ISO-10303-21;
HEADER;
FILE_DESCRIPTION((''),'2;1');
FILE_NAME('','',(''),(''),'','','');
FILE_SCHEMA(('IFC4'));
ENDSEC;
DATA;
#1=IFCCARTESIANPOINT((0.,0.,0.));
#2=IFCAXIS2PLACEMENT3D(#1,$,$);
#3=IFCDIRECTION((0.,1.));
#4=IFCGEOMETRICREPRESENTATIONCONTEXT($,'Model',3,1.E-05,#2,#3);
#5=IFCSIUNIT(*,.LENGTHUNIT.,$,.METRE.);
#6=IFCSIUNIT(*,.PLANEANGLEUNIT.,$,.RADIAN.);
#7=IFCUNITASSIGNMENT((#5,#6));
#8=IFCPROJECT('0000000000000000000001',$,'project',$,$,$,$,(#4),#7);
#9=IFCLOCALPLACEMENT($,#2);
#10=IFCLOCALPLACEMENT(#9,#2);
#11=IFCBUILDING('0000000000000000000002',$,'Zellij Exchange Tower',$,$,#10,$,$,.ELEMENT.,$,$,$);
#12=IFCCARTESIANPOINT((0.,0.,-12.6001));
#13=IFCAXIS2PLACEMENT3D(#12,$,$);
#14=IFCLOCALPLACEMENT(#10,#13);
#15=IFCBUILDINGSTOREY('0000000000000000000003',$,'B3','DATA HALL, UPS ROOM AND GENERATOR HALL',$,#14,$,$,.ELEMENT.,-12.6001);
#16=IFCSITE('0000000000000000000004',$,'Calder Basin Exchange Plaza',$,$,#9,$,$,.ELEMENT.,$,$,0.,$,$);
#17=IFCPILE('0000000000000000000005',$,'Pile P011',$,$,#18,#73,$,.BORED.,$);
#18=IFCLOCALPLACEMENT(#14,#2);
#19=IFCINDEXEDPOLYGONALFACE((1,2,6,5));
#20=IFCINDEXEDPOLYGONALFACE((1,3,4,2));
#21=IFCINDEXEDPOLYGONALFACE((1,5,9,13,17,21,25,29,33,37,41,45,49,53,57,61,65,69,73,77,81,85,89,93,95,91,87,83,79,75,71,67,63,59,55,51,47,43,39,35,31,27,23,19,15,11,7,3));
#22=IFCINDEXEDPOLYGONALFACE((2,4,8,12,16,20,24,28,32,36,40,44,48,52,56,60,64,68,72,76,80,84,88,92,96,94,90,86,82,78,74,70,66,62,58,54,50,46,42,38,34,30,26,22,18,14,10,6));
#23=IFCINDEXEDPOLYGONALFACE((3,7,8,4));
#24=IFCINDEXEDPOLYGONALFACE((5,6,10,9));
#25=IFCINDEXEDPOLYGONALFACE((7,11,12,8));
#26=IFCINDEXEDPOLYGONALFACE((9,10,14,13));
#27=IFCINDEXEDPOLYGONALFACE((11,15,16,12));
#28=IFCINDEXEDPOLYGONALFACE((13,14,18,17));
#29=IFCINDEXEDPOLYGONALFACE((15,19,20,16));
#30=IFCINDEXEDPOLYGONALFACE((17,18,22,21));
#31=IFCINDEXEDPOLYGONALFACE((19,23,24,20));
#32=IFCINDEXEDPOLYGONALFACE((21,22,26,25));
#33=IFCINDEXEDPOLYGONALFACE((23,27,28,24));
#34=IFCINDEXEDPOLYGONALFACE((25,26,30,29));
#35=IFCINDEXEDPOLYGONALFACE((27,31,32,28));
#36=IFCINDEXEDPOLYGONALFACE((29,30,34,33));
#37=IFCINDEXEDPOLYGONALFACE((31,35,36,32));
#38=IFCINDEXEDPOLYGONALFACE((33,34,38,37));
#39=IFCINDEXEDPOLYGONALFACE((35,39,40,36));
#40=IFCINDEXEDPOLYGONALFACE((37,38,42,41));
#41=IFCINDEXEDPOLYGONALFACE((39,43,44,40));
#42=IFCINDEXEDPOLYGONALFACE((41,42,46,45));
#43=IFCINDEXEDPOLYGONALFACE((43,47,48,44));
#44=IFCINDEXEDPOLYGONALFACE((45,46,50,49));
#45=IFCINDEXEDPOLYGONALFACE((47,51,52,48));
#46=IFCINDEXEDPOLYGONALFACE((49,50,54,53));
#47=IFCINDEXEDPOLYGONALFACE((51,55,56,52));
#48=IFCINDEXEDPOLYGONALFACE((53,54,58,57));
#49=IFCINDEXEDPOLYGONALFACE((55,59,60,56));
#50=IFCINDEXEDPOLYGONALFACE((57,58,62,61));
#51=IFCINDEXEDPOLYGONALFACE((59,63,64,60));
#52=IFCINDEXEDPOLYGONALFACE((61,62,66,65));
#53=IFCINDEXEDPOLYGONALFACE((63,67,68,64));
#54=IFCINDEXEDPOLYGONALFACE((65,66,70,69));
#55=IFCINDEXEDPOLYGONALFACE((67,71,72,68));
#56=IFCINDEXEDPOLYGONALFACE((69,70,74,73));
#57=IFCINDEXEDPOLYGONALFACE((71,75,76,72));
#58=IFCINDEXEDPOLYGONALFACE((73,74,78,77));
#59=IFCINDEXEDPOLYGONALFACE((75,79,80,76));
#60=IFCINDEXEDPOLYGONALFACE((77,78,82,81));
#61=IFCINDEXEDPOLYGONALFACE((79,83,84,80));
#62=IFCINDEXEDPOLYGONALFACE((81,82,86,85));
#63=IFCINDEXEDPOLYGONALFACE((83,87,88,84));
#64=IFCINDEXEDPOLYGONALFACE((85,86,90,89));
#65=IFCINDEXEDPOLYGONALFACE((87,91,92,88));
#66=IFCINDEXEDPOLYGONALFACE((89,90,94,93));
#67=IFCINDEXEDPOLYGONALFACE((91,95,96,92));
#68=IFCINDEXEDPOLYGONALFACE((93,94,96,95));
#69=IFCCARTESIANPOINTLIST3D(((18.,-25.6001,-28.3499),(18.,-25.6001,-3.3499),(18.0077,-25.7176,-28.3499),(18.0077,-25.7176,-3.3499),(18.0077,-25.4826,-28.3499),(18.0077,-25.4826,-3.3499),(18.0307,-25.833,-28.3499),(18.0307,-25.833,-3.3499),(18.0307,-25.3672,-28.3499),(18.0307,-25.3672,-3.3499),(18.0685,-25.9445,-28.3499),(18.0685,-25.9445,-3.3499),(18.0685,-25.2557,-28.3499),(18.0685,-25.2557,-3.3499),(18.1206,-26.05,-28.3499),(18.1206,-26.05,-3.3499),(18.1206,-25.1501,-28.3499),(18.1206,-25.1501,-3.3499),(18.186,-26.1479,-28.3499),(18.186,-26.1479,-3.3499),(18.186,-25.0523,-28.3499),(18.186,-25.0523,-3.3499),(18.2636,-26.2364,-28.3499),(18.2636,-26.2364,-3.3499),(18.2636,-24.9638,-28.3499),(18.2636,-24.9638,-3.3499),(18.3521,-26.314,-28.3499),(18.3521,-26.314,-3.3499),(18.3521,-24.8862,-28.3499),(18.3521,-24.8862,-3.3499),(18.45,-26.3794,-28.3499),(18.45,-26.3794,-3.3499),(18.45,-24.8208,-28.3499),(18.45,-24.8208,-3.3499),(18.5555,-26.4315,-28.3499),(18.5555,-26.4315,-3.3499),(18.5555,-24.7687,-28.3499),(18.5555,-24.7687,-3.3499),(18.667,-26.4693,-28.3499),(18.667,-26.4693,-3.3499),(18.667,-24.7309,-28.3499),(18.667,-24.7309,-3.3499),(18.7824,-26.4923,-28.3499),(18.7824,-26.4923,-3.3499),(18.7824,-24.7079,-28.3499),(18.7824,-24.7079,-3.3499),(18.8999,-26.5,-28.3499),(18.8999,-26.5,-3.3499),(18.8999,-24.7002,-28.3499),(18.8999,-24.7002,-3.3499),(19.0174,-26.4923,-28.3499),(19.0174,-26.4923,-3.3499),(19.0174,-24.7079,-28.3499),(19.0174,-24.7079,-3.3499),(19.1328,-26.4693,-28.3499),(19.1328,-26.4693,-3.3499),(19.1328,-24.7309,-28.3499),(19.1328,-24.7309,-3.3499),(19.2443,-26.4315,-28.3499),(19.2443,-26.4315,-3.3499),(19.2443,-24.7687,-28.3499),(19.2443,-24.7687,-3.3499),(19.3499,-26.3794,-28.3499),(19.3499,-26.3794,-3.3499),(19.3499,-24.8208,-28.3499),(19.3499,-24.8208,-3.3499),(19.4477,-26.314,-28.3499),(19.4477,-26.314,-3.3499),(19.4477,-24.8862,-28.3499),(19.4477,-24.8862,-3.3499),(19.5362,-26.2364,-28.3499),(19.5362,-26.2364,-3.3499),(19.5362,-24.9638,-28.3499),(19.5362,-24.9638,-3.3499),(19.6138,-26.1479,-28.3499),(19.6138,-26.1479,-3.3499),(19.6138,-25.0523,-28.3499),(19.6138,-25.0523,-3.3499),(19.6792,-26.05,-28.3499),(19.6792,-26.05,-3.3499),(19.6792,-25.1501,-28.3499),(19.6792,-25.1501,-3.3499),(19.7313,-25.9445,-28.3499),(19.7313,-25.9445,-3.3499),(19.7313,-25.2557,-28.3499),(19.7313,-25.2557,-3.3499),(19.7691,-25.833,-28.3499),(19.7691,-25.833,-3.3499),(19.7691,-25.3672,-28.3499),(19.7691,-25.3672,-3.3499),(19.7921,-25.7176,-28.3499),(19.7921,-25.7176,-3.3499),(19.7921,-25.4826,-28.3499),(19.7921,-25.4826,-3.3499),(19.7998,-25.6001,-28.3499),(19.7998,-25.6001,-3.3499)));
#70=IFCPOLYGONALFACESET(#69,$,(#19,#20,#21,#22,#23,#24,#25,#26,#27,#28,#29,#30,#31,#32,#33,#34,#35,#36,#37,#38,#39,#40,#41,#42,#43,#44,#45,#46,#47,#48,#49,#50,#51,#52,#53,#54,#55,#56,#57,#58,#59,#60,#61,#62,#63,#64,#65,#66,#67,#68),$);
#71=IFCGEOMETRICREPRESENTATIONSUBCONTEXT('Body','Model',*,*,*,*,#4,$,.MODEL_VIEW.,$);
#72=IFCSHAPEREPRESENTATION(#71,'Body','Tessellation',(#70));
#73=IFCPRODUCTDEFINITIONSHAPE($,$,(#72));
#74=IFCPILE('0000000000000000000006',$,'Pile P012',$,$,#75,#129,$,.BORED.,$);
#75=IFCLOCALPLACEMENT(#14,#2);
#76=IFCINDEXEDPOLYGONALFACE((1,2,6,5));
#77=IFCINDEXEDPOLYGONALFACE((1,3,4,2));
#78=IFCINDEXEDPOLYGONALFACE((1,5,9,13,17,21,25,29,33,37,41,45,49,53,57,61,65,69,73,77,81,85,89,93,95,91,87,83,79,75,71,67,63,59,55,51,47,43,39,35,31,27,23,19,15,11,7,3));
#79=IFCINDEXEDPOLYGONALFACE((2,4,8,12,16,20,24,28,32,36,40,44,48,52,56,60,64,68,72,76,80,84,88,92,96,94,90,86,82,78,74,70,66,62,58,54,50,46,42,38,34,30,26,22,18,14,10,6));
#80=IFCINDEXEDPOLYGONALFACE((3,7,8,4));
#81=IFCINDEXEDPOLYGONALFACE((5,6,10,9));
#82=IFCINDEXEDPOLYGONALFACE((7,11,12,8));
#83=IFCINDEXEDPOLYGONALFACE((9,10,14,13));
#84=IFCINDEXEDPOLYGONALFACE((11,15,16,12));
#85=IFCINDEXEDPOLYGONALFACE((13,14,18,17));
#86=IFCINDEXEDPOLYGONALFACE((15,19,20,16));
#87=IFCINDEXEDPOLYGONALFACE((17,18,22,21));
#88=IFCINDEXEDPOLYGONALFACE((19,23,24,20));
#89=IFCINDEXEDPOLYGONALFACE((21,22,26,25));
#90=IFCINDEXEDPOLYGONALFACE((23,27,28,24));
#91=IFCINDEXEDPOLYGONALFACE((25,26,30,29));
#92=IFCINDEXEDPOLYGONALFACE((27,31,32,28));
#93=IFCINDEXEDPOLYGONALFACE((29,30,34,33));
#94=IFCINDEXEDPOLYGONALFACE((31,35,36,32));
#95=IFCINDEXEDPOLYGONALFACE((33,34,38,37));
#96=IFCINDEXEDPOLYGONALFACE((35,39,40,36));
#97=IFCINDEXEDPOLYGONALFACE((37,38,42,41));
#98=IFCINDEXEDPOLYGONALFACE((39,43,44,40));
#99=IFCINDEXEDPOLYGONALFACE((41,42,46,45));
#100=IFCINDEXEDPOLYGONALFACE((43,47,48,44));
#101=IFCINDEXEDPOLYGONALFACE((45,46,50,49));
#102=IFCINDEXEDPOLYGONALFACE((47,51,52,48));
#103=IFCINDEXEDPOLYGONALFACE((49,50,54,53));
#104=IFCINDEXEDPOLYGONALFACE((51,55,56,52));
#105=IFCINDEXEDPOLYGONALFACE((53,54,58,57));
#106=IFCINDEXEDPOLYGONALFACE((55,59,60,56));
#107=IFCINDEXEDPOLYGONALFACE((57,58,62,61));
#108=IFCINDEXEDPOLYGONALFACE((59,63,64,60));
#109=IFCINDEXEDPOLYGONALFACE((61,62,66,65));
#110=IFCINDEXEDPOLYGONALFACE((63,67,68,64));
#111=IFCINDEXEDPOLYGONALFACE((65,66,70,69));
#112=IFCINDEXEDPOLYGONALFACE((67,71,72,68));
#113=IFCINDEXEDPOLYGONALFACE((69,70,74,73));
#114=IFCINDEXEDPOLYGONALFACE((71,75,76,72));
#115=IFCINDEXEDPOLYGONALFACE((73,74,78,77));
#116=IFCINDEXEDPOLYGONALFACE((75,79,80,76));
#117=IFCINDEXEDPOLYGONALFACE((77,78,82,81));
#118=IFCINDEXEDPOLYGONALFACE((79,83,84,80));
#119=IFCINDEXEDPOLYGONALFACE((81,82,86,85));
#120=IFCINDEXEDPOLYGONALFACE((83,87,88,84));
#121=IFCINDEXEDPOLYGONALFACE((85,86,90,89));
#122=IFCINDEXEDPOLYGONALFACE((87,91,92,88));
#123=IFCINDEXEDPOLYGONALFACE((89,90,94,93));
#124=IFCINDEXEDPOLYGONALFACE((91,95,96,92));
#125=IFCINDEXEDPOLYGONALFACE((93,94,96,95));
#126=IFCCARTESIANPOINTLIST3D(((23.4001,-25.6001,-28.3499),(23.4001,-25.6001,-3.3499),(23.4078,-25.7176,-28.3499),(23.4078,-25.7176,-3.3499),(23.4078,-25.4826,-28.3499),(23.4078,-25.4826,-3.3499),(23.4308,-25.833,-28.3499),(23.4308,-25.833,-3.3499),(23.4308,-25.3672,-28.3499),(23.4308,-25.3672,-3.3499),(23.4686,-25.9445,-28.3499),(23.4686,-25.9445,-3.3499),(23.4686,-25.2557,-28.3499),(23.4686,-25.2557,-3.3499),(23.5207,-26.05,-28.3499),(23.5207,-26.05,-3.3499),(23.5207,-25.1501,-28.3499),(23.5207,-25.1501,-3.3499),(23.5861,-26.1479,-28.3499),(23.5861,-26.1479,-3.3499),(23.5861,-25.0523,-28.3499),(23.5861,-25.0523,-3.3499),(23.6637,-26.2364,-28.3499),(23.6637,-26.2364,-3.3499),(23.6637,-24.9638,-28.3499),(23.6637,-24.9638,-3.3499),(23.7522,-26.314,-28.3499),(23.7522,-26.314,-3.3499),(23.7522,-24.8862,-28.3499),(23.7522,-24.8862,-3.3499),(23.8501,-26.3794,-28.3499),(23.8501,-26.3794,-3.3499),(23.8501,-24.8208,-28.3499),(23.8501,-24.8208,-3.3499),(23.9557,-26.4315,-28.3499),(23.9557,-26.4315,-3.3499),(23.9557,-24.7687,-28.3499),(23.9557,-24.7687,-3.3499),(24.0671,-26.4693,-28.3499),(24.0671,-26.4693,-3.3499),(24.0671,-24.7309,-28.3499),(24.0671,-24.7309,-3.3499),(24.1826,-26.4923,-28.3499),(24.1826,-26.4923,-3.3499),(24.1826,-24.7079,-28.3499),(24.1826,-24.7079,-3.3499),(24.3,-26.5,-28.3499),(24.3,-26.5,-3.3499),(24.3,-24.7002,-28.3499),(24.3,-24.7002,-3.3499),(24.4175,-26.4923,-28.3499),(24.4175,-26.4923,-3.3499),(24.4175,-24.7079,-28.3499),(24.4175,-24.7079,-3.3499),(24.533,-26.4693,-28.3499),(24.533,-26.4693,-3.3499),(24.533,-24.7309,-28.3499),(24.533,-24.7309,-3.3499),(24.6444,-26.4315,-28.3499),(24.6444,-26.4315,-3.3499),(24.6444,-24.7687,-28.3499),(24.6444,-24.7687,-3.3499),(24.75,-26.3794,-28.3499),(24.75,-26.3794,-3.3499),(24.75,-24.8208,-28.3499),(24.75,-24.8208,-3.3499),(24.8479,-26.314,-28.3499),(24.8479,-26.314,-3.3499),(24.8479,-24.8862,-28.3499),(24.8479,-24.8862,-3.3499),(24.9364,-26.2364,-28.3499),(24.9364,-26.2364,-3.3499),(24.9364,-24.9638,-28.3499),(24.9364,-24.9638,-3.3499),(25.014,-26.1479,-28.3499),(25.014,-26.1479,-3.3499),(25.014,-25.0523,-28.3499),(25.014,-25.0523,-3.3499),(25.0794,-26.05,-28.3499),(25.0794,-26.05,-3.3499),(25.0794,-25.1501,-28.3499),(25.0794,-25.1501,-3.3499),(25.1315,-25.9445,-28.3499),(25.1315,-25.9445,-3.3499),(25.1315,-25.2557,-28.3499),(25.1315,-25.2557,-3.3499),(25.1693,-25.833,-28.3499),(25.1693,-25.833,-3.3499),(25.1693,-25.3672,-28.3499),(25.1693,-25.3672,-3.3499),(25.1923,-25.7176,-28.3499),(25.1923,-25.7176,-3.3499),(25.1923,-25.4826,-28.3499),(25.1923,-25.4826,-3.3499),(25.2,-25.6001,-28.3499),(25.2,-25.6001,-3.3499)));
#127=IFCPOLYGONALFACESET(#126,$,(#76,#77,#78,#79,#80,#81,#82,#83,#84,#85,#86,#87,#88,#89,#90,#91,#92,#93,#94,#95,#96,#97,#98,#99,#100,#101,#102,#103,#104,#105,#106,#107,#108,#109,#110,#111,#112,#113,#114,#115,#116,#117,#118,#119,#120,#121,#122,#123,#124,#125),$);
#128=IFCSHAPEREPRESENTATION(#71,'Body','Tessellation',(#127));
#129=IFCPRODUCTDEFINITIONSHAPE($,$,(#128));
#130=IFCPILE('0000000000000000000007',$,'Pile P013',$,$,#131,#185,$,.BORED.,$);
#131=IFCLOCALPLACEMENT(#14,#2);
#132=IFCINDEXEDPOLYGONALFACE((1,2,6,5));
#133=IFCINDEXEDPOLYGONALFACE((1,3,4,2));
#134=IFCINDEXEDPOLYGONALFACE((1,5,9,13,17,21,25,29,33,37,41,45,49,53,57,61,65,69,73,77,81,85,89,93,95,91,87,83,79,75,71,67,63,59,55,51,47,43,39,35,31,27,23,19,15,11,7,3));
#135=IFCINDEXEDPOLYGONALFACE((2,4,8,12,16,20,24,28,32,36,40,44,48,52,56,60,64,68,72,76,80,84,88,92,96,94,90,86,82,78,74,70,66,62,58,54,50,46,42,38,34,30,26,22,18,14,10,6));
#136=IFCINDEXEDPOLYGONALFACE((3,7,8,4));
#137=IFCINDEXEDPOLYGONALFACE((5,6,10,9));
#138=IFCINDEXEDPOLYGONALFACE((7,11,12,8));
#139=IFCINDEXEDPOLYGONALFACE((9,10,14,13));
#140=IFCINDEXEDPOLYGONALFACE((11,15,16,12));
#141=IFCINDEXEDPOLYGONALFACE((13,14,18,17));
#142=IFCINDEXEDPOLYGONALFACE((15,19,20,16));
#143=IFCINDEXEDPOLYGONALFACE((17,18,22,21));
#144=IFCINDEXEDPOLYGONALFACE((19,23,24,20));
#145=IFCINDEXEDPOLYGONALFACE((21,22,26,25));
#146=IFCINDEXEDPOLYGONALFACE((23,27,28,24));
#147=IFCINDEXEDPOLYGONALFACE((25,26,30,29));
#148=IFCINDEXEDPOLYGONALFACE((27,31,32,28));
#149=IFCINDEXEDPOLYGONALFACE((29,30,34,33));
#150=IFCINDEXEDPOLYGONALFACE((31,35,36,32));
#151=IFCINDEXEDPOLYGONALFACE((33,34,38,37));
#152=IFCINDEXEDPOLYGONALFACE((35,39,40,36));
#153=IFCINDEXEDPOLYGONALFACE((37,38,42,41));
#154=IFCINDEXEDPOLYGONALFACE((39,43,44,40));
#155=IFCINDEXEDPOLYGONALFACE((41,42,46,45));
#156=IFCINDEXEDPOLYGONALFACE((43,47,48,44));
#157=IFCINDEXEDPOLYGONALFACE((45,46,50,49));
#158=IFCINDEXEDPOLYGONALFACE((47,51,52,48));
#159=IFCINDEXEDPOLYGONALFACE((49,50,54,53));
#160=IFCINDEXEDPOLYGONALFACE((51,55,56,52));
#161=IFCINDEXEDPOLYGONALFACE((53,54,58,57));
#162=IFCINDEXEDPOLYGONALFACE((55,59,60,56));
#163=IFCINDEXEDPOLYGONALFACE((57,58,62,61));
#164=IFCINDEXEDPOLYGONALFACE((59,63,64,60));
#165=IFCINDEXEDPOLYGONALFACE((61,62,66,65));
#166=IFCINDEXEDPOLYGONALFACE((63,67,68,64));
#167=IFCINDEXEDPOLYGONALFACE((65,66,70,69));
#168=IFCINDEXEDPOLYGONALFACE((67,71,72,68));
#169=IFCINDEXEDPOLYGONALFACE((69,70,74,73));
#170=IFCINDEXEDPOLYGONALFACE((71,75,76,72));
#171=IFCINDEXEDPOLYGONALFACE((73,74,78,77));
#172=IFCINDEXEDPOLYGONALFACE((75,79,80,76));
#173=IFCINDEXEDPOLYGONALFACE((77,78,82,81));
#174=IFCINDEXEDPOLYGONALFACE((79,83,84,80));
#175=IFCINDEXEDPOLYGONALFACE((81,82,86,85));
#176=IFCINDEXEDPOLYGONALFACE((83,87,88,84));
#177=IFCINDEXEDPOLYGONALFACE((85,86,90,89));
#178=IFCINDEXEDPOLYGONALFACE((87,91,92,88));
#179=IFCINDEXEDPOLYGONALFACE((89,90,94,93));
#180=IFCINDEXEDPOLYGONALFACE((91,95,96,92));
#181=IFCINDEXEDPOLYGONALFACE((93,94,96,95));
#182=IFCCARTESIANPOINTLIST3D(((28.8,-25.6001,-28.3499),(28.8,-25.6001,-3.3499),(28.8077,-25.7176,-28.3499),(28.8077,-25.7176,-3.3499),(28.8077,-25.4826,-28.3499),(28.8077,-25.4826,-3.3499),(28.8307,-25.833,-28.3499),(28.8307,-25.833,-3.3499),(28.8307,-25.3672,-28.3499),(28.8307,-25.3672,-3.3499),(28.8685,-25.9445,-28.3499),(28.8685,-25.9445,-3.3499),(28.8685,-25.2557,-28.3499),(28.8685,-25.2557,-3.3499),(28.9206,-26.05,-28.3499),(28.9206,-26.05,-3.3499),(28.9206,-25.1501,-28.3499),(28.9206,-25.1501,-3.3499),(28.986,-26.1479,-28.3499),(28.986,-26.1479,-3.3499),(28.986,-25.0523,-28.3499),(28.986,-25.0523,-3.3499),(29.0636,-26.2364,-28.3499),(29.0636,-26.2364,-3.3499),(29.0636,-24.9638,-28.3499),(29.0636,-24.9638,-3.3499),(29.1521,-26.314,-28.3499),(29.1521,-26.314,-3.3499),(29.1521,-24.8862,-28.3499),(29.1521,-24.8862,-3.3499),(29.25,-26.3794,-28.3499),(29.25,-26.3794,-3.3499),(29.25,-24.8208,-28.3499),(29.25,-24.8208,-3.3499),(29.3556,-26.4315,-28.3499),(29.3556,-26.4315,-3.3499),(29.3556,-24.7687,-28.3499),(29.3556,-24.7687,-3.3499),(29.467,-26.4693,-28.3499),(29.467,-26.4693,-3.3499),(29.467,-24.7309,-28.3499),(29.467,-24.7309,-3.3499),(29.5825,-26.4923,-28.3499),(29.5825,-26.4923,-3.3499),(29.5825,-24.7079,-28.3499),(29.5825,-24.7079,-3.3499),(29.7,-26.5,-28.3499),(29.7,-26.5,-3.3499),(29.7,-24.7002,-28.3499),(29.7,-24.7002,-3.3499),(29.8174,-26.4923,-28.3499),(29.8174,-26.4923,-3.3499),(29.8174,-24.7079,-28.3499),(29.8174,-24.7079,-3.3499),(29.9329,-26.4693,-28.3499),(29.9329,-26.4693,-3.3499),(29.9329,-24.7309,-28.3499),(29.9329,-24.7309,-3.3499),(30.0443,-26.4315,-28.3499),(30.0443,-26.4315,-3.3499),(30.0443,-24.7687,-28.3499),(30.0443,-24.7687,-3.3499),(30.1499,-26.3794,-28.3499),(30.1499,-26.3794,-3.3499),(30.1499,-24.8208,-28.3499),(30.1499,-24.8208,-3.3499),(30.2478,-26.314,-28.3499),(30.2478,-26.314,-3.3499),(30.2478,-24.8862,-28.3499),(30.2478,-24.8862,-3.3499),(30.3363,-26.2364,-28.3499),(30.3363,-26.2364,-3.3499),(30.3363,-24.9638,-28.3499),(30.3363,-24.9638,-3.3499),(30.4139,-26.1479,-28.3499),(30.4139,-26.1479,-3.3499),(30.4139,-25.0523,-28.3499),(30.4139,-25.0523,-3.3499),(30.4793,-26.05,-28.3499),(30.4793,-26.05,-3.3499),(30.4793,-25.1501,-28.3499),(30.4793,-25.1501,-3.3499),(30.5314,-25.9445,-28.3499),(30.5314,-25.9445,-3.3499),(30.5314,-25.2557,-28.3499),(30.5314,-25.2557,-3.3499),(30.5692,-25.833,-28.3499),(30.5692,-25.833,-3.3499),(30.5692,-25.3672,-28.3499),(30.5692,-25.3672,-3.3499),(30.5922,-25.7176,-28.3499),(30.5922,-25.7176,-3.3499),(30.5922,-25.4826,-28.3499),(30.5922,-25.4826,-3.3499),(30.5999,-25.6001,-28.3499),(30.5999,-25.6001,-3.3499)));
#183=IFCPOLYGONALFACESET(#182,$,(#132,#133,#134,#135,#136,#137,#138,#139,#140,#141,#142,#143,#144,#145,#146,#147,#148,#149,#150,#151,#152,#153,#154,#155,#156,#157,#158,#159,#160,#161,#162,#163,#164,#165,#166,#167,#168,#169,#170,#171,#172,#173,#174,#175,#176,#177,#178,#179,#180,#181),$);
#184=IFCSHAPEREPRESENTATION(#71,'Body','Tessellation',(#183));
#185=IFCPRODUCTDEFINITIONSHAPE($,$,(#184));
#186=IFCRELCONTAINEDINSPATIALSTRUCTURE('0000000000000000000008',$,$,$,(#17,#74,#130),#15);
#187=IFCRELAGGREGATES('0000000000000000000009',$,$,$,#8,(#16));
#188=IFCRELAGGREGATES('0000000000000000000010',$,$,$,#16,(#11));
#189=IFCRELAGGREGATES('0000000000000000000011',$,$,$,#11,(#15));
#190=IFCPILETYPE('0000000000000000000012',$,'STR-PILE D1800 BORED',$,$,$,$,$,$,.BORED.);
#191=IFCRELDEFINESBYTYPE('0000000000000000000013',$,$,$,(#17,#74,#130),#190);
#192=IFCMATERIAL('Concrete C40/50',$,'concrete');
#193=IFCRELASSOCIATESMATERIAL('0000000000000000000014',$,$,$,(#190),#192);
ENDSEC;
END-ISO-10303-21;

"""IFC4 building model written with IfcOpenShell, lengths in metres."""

from ifc_helpers import new_model, si_unit, direction, frame, origin, origin_2d, place, context, subcontext, project, spatial, circle, extrude, material, material_profile, profile_set, type_object, element, save


model = new_model("IFC4")

# Units and contexts
model_context = context("Model", 3, precision=1e-05, world=origin(), true_north=direction((0.0, 1.0)))
body_context = subcontext(model_context, "Body", "Model", "MODEL_VIEW")
ifc_project = project(units=[si_unit("LENGTHUNIT", "METRE"), si_unit("PLANEANGLEUNIT", "RADIAN")], contexts=[model_context])

# Site, building, storey
site_placement = place(None, origin())
site = spatial("IfcSite", under=ifc_project, at=site_placement, Name="Calder Basin Exchange Plaza", CompositionType="ELEMENT", RefElevation=0.0)
building_placement = place(site_placement, origin())
building = spatial("IfcBuilding", under=site, at=building_placement, Name="Zellij Exchange Tower", CompositionType="ELEMENT")
storey_placement = place(building_placement, frame((0.0, 0.0, -12.6001)))
storey = spatial("IfcBuildingStorey", under=building, at=storey_placement, Name="B3", Description="DATA HALL, UPS ROOM AND GENERATOR HALL", CompositionType="ELEMENT", Elevation=-12.6001)

# Piles
ifc_material_1 = material(Name="Concrete C40/50", Category="concrete")
ifc_material_profile_1 = material_profile(ifc_material_1, circle(Radius=0.8999, at=origin_2d()), Name="STR-PILE D1800 BORED")
ifc_profile_set_1 = profile_set([ifc_material_profile_1], Name="Concrete C40/50")
pile_type = type_object("IfcPileType", Name="STR-PILE D1800 BORED", PredefinedType="BORED", material=ifc_profile_set_1)
for number, where, z_axis, x_axis, name in (
    (1, (18.8999, -25.6001, -3.3499), (0.0, 0.0, -1.0), (1.0, 0.0, 0.0), "Pile P011"),
    (2, (24.3, -25.6001, -3.3499), (0.0, 0.0, -1.0), (1.0, 0.0, 0.0), "Pile P012"),
    (3, (29.7, -25.6001, -3.3499), (0.0, 0.0, -1.0), (1.0, 0.0, 0.0), "Pile P013"),
):
    element("IfcPile", number, at=place(storey_placement, frame(where, z_axis=z_axis, x_axis=x_axis)), inside=storey, type_object=pile_type, Name=name, PredefinedType="BORED", context=body_context, shape_type="SweptSolid", body=[
        extrude(circle(Radius=0.8999, at=origin_2d()), origin(), (0.0, 0.0, 1.0), 25.0),
    ])

save(model, "model.ifc")
